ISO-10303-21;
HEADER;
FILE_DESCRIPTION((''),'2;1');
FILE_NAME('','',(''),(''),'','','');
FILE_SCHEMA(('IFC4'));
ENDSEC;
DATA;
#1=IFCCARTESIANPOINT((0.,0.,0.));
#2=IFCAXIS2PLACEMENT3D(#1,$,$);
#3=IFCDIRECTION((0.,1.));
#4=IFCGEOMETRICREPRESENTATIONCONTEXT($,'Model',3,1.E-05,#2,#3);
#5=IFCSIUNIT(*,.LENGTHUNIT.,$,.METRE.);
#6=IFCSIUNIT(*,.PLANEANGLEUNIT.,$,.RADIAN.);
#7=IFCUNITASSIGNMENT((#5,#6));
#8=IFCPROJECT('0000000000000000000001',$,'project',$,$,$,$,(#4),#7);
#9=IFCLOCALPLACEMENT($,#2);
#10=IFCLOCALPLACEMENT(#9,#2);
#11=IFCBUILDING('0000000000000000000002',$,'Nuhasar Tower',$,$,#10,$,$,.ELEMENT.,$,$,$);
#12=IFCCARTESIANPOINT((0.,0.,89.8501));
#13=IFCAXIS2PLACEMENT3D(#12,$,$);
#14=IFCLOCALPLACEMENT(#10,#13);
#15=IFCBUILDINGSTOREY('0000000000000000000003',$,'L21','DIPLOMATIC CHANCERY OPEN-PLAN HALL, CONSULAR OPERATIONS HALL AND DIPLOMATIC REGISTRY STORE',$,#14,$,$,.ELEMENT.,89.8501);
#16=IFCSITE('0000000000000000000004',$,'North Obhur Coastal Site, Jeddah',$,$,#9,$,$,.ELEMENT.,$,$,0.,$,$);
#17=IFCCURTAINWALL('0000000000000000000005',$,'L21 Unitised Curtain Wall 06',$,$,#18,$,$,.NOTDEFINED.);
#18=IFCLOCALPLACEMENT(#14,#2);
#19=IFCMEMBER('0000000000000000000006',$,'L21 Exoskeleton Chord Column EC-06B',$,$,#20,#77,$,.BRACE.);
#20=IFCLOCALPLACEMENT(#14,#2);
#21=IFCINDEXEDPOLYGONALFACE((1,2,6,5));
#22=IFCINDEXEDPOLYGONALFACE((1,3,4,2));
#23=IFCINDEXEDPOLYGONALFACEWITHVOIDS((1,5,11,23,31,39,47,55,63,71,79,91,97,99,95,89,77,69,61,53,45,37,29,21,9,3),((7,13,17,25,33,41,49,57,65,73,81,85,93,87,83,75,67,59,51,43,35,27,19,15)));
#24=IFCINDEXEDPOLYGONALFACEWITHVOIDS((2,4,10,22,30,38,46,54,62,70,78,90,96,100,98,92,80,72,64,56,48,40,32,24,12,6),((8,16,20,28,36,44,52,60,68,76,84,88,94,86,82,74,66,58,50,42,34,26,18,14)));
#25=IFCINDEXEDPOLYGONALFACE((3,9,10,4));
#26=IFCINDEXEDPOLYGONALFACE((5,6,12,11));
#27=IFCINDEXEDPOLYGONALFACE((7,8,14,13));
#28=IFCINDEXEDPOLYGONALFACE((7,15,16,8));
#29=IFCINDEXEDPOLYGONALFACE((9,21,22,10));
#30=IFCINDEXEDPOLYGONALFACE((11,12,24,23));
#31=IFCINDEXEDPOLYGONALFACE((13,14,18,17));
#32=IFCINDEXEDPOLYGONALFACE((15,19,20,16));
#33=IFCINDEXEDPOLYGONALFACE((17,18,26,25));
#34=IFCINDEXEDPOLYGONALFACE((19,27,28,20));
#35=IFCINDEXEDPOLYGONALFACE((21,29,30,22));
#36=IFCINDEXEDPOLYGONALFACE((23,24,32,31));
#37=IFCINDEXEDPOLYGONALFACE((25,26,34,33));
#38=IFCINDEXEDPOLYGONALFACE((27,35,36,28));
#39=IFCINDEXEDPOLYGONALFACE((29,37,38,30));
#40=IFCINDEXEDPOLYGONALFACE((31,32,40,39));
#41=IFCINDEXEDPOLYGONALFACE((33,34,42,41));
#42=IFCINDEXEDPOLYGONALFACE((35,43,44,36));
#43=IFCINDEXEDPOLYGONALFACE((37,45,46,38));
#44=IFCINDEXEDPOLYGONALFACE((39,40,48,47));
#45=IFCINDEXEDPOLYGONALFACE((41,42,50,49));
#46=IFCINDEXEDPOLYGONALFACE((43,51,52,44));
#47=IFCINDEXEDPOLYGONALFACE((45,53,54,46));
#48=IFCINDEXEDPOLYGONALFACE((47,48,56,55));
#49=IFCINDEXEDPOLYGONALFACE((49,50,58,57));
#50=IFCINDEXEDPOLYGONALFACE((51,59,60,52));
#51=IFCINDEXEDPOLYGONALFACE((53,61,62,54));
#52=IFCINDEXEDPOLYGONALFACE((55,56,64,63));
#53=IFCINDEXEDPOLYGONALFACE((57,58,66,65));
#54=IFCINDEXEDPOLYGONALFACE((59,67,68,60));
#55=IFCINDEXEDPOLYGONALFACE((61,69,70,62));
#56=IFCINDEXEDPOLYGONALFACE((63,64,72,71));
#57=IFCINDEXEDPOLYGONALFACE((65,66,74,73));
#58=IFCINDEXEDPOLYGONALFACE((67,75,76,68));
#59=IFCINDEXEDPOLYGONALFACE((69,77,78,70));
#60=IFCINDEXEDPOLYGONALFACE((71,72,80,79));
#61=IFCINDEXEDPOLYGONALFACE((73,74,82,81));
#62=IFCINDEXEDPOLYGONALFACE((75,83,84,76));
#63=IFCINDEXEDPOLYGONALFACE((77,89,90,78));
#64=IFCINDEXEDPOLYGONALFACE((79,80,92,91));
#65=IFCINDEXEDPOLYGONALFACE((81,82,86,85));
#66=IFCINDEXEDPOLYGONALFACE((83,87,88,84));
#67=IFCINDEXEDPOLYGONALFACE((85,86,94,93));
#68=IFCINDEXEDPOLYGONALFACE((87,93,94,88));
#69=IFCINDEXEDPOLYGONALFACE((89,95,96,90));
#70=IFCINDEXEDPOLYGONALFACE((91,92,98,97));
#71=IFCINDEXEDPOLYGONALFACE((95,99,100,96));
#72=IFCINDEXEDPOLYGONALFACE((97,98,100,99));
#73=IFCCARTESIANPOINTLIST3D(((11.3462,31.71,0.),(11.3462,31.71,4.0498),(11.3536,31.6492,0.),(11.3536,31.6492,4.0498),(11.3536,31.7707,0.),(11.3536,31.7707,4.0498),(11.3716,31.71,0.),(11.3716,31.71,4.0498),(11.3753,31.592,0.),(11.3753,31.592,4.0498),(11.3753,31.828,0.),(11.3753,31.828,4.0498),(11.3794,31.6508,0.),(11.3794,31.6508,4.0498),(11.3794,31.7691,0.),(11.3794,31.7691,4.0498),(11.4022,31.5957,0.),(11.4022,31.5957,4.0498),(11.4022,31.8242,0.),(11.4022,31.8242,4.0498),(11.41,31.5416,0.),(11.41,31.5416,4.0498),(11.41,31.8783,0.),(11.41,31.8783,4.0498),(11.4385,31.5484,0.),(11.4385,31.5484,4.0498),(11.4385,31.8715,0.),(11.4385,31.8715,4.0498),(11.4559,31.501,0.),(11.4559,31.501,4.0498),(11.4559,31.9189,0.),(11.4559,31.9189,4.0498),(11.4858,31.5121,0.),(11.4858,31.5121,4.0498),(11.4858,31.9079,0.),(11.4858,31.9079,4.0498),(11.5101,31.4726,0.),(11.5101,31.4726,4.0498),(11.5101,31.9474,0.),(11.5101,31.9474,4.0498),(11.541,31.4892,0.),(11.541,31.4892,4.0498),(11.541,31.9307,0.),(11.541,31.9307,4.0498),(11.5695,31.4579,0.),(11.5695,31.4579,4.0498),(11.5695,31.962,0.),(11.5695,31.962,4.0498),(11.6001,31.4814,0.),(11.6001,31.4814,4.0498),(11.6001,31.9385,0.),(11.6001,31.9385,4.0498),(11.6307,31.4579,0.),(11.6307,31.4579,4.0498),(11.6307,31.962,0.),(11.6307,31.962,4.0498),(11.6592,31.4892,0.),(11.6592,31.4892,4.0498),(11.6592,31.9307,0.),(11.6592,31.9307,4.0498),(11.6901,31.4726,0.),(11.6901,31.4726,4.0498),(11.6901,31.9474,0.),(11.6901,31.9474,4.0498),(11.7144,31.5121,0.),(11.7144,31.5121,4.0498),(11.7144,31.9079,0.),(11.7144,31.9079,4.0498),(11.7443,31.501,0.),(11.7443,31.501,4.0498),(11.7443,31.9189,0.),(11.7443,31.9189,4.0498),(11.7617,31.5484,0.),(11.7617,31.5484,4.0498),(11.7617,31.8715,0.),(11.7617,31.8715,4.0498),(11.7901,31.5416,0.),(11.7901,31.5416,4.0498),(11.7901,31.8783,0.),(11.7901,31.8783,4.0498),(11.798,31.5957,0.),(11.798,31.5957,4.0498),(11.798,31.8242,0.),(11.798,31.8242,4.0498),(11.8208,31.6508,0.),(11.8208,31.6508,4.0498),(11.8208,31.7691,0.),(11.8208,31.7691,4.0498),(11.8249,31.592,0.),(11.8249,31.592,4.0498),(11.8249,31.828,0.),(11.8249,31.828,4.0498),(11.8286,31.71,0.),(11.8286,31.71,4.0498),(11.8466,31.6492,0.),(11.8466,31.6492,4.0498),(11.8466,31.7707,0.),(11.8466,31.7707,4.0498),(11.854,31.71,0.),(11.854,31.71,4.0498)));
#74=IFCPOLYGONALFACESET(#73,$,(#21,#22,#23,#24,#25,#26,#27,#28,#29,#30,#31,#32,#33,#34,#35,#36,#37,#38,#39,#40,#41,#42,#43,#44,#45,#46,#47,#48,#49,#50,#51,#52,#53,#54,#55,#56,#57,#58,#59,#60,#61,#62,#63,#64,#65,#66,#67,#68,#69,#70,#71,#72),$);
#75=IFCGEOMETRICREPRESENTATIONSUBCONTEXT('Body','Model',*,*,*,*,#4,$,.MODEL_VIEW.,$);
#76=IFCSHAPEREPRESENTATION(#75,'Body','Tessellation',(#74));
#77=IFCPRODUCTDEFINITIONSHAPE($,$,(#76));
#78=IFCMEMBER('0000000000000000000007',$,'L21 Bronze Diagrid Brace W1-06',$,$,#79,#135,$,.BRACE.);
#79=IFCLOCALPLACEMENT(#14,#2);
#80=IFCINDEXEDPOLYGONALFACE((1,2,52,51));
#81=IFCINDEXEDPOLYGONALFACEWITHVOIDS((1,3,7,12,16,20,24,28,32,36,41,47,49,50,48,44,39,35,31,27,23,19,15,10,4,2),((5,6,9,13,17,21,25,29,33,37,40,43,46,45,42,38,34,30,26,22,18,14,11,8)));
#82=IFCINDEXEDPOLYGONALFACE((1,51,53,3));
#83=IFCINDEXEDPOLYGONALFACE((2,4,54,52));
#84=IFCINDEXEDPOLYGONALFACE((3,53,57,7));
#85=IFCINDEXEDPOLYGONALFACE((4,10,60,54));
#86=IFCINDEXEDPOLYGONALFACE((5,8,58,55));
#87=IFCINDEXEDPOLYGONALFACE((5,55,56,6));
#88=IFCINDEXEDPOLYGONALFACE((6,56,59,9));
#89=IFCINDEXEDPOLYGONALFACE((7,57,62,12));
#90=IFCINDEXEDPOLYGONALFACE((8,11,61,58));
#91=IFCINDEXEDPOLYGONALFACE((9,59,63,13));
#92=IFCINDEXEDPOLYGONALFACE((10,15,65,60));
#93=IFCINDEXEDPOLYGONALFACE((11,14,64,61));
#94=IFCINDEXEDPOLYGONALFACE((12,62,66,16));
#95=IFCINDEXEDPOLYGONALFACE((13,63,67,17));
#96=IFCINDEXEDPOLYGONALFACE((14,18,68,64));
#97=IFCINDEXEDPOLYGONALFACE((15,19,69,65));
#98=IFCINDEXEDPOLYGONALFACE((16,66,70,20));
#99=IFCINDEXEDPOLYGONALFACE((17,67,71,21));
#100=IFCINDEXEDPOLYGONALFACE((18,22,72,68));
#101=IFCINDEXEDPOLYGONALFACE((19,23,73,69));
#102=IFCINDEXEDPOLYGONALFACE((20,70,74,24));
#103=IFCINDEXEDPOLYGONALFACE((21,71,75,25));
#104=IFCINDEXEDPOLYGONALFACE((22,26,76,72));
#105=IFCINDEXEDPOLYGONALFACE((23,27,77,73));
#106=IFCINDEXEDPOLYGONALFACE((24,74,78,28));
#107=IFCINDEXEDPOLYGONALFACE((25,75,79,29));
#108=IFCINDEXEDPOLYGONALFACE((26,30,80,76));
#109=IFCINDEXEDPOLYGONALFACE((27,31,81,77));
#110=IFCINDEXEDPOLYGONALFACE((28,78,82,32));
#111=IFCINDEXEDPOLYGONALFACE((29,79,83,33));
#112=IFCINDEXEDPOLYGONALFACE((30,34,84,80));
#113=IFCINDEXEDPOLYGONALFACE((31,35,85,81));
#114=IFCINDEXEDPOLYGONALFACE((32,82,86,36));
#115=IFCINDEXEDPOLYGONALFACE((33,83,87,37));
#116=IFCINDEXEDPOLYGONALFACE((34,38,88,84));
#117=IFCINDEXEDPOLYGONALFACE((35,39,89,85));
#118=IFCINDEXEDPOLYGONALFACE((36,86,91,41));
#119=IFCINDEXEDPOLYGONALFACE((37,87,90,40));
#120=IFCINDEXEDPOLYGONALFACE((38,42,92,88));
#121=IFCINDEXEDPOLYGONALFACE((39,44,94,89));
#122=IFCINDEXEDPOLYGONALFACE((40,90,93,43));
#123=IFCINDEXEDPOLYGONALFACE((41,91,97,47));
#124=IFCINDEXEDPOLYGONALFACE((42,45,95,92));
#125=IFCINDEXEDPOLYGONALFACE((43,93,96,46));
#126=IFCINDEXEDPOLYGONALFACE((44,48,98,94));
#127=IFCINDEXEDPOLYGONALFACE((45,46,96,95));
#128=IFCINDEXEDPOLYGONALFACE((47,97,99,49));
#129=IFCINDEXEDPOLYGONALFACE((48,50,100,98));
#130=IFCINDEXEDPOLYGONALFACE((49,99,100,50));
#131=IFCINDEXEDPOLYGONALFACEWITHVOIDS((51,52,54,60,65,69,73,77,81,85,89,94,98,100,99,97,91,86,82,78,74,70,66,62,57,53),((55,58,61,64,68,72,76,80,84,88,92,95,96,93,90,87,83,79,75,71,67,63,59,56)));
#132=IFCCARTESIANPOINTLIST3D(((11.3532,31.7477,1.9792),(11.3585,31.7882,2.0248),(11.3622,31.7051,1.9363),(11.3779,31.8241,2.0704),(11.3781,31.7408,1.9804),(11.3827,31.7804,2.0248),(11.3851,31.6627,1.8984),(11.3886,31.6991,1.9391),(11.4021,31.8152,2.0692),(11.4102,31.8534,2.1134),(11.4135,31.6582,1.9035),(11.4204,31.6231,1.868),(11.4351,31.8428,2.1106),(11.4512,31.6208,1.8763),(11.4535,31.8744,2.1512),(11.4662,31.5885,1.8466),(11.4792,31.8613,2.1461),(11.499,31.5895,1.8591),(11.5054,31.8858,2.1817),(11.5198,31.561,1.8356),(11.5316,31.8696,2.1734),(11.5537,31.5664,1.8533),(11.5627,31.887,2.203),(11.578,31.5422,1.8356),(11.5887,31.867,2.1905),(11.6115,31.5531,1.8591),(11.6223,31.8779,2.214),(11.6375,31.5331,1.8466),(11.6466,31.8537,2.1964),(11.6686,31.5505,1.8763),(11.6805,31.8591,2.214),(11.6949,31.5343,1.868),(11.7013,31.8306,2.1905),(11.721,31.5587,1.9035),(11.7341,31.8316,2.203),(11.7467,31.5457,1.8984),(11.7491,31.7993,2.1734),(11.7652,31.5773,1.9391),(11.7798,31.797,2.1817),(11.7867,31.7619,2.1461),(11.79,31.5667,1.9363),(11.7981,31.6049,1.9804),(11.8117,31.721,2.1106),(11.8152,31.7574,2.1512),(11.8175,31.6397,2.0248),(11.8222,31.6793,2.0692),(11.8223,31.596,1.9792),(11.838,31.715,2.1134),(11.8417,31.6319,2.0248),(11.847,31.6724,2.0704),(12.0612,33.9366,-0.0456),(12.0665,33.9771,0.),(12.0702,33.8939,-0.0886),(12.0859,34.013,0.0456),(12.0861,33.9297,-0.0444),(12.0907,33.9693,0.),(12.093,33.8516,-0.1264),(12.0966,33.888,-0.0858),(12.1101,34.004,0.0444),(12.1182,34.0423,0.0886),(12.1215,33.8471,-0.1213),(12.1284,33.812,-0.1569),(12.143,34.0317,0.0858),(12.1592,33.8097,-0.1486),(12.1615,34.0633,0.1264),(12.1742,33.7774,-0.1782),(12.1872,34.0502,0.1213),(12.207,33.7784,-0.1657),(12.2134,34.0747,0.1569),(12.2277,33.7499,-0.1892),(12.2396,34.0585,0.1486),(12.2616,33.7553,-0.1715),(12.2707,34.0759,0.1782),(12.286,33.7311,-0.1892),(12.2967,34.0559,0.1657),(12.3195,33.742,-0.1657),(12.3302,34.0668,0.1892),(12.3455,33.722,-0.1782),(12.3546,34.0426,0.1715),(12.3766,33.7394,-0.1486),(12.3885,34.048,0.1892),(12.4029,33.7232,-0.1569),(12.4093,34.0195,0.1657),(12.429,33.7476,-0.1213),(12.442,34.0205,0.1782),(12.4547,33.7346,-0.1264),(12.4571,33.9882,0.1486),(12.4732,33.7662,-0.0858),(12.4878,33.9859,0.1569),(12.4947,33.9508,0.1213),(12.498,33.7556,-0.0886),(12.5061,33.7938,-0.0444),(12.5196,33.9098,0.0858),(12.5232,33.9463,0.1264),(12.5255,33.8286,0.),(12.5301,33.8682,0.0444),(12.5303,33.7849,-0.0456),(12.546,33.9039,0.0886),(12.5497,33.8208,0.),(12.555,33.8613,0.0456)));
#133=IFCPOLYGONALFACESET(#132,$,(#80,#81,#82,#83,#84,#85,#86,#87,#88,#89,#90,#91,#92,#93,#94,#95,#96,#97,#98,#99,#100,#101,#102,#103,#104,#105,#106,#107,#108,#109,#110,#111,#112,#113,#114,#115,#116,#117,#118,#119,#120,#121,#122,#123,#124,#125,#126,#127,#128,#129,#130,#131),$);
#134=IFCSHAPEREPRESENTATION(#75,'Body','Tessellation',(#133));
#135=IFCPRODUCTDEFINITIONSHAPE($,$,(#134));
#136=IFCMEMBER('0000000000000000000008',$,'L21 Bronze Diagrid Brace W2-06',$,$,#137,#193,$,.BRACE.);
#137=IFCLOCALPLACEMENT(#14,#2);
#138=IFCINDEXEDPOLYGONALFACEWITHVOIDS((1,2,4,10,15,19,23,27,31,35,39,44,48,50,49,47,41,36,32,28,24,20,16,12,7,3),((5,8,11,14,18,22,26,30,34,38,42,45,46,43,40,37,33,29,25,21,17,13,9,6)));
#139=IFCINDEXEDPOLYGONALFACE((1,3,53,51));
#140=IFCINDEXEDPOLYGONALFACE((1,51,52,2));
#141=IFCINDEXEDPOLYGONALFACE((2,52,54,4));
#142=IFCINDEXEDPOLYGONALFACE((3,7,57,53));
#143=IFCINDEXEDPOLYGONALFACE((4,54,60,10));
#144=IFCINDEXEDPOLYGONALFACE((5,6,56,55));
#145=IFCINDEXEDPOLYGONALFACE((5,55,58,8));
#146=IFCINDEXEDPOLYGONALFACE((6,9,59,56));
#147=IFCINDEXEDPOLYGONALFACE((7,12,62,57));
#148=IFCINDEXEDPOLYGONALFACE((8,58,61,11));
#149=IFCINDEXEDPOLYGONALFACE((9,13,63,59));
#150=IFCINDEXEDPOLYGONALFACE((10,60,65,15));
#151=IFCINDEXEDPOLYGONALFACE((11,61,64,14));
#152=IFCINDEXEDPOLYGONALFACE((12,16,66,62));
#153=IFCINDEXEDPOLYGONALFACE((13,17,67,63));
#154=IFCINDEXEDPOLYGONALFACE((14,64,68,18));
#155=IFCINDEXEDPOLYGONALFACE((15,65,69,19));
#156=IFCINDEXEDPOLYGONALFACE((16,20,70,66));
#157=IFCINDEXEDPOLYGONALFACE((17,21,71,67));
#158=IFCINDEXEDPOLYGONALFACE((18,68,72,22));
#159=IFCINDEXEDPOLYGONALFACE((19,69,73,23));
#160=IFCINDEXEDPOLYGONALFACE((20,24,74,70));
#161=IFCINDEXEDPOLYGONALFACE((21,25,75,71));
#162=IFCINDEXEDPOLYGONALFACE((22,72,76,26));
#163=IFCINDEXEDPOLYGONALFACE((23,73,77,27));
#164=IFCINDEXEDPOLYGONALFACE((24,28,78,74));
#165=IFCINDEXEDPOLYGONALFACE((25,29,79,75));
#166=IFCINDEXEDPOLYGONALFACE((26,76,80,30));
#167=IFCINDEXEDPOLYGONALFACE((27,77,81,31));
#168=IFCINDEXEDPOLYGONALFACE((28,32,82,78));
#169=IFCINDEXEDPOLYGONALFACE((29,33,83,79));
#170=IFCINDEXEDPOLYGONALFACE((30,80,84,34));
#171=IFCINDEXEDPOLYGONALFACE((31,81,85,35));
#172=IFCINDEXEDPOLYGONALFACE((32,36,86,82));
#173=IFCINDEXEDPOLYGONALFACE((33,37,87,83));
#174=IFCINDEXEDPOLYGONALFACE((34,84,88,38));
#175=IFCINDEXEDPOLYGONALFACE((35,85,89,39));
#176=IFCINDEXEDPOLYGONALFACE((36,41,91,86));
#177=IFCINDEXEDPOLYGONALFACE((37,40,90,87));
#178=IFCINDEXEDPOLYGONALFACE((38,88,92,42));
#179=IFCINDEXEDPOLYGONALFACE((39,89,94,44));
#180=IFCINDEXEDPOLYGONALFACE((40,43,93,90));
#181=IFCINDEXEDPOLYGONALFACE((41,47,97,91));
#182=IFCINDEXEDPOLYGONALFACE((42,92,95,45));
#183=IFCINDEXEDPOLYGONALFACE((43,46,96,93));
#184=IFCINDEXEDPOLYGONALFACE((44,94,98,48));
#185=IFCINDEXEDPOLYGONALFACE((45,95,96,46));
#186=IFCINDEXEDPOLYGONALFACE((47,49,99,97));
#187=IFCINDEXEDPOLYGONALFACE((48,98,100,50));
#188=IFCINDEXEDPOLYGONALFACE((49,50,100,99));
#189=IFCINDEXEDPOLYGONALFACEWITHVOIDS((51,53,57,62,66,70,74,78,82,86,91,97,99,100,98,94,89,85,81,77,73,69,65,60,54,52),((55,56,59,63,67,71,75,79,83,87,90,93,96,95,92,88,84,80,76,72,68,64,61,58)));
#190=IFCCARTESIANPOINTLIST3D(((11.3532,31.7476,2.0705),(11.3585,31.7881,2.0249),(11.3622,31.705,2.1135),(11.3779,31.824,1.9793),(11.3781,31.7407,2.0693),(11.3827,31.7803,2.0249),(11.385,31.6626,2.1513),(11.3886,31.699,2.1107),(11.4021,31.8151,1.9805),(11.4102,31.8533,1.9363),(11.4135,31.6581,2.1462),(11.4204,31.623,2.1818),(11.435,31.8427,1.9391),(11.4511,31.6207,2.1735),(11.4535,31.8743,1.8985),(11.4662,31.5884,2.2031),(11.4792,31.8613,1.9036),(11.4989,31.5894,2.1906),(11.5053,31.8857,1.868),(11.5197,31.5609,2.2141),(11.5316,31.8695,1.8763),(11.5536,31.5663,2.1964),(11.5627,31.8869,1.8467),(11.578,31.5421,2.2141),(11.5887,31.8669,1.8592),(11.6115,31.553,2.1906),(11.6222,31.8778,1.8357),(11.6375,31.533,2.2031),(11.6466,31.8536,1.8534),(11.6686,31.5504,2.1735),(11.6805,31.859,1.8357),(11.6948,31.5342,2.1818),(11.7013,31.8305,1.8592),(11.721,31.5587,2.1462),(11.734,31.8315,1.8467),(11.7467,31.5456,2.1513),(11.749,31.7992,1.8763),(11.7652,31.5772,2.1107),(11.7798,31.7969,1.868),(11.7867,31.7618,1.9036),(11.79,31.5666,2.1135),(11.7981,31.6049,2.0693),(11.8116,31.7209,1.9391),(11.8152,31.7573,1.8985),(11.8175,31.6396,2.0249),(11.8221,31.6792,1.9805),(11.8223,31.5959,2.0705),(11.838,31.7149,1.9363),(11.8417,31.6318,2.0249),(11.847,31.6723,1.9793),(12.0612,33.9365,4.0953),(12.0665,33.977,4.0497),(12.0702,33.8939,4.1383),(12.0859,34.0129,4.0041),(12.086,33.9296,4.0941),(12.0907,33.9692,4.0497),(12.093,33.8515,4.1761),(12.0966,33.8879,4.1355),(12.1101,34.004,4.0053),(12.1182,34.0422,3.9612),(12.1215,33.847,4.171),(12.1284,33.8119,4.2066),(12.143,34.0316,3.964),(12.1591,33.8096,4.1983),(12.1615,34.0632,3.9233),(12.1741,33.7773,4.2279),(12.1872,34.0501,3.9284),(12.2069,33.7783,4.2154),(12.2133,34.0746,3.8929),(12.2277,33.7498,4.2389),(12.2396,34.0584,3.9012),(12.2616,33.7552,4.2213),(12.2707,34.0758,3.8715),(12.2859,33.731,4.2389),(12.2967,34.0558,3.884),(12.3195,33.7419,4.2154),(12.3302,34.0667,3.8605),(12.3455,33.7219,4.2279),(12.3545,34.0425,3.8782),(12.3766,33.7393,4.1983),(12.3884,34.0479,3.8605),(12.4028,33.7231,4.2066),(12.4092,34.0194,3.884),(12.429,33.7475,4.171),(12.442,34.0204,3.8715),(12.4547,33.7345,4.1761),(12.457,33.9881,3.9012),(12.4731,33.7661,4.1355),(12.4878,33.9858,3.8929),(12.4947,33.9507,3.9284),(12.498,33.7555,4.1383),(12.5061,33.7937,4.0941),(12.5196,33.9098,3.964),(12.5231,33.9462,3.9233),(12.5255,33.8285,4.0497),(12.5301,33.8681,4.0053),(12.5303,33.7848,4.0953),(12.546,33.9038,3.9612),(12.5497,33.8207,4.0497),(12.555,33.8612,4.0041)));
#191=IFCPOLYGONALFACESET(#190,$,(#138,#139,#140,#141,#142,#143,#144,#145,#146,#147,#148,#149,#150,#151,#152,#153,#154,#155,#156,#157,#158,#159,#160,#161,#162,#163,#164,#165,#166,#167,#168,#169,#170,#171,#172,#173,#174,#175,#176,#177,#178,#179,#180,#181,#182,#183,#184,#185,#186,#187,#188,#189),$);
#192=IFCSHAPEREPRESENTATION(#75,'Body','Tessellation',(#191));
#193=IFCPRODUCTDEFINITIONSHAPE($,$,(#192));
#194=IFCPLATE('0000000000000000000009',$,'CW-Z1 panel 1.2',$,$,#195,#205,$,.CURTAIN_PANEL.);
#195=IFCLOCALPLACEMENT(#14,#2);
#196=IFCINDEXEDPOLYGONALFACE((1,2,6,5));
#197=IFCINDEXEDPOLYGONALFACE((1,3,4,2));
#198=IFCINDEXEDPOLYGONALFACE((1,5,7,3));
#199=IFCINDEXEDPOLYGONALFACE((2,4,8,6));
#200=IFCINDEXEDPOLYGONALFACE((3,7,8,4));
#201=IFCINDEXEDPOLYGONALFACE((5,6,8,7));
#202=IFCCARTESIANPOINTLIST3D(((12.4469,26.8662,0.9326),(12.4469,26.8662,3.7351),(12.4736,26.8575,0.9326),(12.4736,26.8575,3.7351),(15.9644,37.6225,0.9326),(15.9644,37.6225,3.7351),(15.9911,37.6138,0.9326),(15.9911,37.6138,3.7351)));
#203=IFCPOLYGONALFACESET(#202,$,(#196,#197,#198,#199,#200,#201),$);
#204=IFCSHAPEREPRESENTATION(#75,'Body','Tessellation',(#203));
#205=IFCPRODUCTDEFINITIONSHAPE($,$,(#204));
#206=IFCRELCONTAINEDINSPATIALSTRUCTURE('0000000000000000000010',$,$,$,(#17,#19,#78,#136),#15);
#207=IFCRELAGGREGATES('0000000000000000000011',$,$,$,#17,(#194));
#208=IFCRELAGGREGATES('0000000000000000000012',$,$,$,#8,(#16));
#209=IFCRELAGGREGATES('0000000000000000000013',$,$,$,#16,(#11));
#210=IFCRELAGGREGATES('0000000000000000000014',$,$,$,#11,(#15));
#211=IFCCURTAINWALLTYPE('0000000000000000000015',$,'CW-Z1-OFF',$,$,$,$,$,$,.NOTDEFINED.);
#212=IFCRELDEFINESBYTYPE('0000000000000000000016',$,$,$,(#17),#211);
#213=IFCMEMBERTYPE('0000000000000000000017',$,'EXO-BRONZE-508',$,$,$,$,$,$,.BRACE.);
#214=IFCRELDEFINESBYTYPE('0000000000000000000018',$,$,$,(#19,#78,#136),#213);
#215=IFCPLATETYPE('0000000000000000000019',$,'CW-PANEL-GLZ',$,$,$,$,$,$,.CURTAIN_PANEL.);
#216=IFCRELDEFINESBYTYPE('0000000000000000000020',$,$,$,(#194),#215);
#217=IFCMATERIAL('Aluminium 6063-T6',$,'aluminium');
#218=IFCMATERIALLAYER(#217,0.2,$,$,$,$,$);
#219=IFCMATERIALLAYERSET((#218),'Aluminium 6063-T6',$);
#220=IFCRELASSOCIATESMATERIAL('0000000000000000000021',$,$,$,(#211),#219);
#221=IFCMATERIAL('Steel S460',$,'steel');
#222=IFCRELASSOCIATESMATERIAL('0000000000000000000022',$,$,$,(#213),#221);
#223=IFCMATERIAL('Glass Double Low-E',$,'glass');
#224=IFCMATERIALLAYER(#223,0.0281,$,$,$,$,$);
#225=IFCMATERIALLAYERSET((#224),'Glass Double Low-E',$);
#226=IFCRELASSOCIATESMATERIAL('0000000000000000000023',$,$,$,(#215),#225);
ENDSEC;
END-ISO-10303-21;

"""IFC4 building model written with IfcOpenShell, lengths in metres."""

from ifc_helpers import new_model, si_unit, direction, frame, origin, origin_2d, place, context, subcontext, project, spatial, rectangle, hollow_circle, extrude, material, layer, layer_set, material_profile, profile_set, type_object, element, aggregate, save


model = new_model("IFC4")

# Units and contexts
model_context = context("Model", 3, precision=1e-05, world=origin(), true_north=direction((0.0, 1.0)))
body_context = subcontext(model_context, "Body", "Model", "MODEL_VIEW")
ifc_project = project(units=[si_unit("LENGTHUNIT", "METRE"), si_unit("PLANEANGLEUNIT", "RADIAN")], contexts=[model_context])

# Site, building, storey
site_placement = place(None, origin())
site = spatial("IfcSite", under=ifc_project, at=site_placement, Name="North Obhur Coastal Site, Jeddah", CompositionType="ELEMENT", RefElevation=0.0)
building_placement = place(site_placement, origin())
building = spatial("IfcBuilding", under=site, at=building_placement, Name="Nuhasar Tower", CompositionType="ELEMENT")
storey_placement = place(building_placement, frame((0.0, 0.0, 89.8501)))
storey = spatial("IfcBuildingStorey", under=building, at=storey_placement, Name="L21", Description="DIPLOMATIC CHANCERY OPEN-PLAN HALL, CONSULAR OPERATIONS HALL AND DIPLOMATIC REGISTRY STORE", CompositionType="ELEMENT", Elevation=89.8501)

# Curtain wall
ifc_material_1 = material(Name="Aluminium 6063-T6", Category="aluminium")
ifc_layer_1 = layer(ifc_material_1, 0.2)
ifc_layer_set_1 = layer_set([ifc_layer_1], Name="Aluminium 6063-T6")
curtain_wall_type = type_object("IfcCurtainWallType", Name="CW-Z1-OFF", PredefinedType="NOTDEFINED", material=ifc_layer_set_1)
curtain_wall_placement = place(storey_placement, origin())
curtain_wall = element("IfcCurtainWall", 1, at=curtain_wall_placement, inside=storey, type_object=curtain_wall_type, Name="L21 Unitised Curtain Wall 06", PredefinedType="NOTDEFINED")

# Members
ifc_material_2 = material(Name="Steel S460", Category="steel")
ifc_material_profile_1 = material_profile(ifc_material_2, hollow_circle(Radius=0.2539, WallThickness=0.0254, at=origin_2d()), Name="HSS508X25.4")
ifc_profile_set_1 = profile_set([ifc_material_profile_1], Name="Steel S460")
member_type_1 = type_object("IfcMemberType", Name="EXO-BRONZE-508", PredefinedType="BRACE", material=ifc_profile_set_1)
for number, where, z_axis, x_axis, name in (
    (2, (11.6001, 31.71, 0.0), (0.0, 0.0, 1.0), (1.0, 0.0, 0.0), "L21 Exoskeleton Chord Column EC-06B"),
):
    element("IfcMember", number, at=place(storey_placement, frame(where, z_axis=z_axis, x_axis=x_axis)), inside=storey, type_object=member_type_1, Name=name, PredefinedType="BRACE", context=body_context, shape_type="SweptSolid", body=[
        extrude(hollow_circle(Radius=0.2539, WallThickness=0.0254, at=origin_2d()), origin(), (0.0, 0.0, 1.0), 4.0498),
    ])
for number, where, z_axis, x_axis, name in (
    (3, (12.3081, 33.8989, 0.0), (-0.231012, -0.714225, 0.660694), (0.951468, -0.307747, 0.0), "L21 Bronze Diagrid Brace W1-06"),
    (4, (11.6001, 31.71, 2.0249), (0.231012, 0.714225, 0.660694), (-0.951468, 0.307747, 0.0), "L21 Bronze Diagrid Brace W2-06"),
):
    element("IfcMember", number, at=place(storey_placement, frame(where, z_axis=z_axis, x_axis=x_axis)), inside=storey, type_object=member_type_1, Name=name, PredefinedType="BRACE", context=body_context, shape_type="SweptSolid", body=[
        extrude(hollow_circle(Radius=0.2539, WallThickness=0.0254, at=origin_2d()), origin(), (0.0, 0.0, 1.0), 3.0647),
    ])

# Plate
ifc_material_3 = material(Name="Glass Double Low-E", Category="glass")
ifc_layer_2 = layer(ifc_material_3, 0.0281)
ifc_layer_set_2 = layer_set([ifc_layer_2], Name="Glass Double Low-E")
plate_type_1 = type_object("IfcPlateType", Name="CW-PANEL-GLZ", PredefinedType="CURTAIN_PANEL", material=ifc_layer_set_2)
plate_1_placement = place(storey_placement, frame((14.219, 32.24, 0.9326), z_axis=(0.0, 0.0, 1.0), x_axis=(-0.310824, -0.950468, 0.0)))
plate_1 = element("IfcPlate", 5, at=plate_1_placement, type_object=plate_type_1, Name="CW-Z1 panel 1.2", PredefinedType="CURTAIN_PANEL", context=body_context, shape_type="SweptSolid", body=[
    extrude(rectangle(XDim=11.3169, YDim=0.0281, at=origin_2d()), origin(), (0.0, 0.0, 1.0), 2.8025),
])
aggregate(curtain_wall, [plate_1])

save(model, "model.ifc")
